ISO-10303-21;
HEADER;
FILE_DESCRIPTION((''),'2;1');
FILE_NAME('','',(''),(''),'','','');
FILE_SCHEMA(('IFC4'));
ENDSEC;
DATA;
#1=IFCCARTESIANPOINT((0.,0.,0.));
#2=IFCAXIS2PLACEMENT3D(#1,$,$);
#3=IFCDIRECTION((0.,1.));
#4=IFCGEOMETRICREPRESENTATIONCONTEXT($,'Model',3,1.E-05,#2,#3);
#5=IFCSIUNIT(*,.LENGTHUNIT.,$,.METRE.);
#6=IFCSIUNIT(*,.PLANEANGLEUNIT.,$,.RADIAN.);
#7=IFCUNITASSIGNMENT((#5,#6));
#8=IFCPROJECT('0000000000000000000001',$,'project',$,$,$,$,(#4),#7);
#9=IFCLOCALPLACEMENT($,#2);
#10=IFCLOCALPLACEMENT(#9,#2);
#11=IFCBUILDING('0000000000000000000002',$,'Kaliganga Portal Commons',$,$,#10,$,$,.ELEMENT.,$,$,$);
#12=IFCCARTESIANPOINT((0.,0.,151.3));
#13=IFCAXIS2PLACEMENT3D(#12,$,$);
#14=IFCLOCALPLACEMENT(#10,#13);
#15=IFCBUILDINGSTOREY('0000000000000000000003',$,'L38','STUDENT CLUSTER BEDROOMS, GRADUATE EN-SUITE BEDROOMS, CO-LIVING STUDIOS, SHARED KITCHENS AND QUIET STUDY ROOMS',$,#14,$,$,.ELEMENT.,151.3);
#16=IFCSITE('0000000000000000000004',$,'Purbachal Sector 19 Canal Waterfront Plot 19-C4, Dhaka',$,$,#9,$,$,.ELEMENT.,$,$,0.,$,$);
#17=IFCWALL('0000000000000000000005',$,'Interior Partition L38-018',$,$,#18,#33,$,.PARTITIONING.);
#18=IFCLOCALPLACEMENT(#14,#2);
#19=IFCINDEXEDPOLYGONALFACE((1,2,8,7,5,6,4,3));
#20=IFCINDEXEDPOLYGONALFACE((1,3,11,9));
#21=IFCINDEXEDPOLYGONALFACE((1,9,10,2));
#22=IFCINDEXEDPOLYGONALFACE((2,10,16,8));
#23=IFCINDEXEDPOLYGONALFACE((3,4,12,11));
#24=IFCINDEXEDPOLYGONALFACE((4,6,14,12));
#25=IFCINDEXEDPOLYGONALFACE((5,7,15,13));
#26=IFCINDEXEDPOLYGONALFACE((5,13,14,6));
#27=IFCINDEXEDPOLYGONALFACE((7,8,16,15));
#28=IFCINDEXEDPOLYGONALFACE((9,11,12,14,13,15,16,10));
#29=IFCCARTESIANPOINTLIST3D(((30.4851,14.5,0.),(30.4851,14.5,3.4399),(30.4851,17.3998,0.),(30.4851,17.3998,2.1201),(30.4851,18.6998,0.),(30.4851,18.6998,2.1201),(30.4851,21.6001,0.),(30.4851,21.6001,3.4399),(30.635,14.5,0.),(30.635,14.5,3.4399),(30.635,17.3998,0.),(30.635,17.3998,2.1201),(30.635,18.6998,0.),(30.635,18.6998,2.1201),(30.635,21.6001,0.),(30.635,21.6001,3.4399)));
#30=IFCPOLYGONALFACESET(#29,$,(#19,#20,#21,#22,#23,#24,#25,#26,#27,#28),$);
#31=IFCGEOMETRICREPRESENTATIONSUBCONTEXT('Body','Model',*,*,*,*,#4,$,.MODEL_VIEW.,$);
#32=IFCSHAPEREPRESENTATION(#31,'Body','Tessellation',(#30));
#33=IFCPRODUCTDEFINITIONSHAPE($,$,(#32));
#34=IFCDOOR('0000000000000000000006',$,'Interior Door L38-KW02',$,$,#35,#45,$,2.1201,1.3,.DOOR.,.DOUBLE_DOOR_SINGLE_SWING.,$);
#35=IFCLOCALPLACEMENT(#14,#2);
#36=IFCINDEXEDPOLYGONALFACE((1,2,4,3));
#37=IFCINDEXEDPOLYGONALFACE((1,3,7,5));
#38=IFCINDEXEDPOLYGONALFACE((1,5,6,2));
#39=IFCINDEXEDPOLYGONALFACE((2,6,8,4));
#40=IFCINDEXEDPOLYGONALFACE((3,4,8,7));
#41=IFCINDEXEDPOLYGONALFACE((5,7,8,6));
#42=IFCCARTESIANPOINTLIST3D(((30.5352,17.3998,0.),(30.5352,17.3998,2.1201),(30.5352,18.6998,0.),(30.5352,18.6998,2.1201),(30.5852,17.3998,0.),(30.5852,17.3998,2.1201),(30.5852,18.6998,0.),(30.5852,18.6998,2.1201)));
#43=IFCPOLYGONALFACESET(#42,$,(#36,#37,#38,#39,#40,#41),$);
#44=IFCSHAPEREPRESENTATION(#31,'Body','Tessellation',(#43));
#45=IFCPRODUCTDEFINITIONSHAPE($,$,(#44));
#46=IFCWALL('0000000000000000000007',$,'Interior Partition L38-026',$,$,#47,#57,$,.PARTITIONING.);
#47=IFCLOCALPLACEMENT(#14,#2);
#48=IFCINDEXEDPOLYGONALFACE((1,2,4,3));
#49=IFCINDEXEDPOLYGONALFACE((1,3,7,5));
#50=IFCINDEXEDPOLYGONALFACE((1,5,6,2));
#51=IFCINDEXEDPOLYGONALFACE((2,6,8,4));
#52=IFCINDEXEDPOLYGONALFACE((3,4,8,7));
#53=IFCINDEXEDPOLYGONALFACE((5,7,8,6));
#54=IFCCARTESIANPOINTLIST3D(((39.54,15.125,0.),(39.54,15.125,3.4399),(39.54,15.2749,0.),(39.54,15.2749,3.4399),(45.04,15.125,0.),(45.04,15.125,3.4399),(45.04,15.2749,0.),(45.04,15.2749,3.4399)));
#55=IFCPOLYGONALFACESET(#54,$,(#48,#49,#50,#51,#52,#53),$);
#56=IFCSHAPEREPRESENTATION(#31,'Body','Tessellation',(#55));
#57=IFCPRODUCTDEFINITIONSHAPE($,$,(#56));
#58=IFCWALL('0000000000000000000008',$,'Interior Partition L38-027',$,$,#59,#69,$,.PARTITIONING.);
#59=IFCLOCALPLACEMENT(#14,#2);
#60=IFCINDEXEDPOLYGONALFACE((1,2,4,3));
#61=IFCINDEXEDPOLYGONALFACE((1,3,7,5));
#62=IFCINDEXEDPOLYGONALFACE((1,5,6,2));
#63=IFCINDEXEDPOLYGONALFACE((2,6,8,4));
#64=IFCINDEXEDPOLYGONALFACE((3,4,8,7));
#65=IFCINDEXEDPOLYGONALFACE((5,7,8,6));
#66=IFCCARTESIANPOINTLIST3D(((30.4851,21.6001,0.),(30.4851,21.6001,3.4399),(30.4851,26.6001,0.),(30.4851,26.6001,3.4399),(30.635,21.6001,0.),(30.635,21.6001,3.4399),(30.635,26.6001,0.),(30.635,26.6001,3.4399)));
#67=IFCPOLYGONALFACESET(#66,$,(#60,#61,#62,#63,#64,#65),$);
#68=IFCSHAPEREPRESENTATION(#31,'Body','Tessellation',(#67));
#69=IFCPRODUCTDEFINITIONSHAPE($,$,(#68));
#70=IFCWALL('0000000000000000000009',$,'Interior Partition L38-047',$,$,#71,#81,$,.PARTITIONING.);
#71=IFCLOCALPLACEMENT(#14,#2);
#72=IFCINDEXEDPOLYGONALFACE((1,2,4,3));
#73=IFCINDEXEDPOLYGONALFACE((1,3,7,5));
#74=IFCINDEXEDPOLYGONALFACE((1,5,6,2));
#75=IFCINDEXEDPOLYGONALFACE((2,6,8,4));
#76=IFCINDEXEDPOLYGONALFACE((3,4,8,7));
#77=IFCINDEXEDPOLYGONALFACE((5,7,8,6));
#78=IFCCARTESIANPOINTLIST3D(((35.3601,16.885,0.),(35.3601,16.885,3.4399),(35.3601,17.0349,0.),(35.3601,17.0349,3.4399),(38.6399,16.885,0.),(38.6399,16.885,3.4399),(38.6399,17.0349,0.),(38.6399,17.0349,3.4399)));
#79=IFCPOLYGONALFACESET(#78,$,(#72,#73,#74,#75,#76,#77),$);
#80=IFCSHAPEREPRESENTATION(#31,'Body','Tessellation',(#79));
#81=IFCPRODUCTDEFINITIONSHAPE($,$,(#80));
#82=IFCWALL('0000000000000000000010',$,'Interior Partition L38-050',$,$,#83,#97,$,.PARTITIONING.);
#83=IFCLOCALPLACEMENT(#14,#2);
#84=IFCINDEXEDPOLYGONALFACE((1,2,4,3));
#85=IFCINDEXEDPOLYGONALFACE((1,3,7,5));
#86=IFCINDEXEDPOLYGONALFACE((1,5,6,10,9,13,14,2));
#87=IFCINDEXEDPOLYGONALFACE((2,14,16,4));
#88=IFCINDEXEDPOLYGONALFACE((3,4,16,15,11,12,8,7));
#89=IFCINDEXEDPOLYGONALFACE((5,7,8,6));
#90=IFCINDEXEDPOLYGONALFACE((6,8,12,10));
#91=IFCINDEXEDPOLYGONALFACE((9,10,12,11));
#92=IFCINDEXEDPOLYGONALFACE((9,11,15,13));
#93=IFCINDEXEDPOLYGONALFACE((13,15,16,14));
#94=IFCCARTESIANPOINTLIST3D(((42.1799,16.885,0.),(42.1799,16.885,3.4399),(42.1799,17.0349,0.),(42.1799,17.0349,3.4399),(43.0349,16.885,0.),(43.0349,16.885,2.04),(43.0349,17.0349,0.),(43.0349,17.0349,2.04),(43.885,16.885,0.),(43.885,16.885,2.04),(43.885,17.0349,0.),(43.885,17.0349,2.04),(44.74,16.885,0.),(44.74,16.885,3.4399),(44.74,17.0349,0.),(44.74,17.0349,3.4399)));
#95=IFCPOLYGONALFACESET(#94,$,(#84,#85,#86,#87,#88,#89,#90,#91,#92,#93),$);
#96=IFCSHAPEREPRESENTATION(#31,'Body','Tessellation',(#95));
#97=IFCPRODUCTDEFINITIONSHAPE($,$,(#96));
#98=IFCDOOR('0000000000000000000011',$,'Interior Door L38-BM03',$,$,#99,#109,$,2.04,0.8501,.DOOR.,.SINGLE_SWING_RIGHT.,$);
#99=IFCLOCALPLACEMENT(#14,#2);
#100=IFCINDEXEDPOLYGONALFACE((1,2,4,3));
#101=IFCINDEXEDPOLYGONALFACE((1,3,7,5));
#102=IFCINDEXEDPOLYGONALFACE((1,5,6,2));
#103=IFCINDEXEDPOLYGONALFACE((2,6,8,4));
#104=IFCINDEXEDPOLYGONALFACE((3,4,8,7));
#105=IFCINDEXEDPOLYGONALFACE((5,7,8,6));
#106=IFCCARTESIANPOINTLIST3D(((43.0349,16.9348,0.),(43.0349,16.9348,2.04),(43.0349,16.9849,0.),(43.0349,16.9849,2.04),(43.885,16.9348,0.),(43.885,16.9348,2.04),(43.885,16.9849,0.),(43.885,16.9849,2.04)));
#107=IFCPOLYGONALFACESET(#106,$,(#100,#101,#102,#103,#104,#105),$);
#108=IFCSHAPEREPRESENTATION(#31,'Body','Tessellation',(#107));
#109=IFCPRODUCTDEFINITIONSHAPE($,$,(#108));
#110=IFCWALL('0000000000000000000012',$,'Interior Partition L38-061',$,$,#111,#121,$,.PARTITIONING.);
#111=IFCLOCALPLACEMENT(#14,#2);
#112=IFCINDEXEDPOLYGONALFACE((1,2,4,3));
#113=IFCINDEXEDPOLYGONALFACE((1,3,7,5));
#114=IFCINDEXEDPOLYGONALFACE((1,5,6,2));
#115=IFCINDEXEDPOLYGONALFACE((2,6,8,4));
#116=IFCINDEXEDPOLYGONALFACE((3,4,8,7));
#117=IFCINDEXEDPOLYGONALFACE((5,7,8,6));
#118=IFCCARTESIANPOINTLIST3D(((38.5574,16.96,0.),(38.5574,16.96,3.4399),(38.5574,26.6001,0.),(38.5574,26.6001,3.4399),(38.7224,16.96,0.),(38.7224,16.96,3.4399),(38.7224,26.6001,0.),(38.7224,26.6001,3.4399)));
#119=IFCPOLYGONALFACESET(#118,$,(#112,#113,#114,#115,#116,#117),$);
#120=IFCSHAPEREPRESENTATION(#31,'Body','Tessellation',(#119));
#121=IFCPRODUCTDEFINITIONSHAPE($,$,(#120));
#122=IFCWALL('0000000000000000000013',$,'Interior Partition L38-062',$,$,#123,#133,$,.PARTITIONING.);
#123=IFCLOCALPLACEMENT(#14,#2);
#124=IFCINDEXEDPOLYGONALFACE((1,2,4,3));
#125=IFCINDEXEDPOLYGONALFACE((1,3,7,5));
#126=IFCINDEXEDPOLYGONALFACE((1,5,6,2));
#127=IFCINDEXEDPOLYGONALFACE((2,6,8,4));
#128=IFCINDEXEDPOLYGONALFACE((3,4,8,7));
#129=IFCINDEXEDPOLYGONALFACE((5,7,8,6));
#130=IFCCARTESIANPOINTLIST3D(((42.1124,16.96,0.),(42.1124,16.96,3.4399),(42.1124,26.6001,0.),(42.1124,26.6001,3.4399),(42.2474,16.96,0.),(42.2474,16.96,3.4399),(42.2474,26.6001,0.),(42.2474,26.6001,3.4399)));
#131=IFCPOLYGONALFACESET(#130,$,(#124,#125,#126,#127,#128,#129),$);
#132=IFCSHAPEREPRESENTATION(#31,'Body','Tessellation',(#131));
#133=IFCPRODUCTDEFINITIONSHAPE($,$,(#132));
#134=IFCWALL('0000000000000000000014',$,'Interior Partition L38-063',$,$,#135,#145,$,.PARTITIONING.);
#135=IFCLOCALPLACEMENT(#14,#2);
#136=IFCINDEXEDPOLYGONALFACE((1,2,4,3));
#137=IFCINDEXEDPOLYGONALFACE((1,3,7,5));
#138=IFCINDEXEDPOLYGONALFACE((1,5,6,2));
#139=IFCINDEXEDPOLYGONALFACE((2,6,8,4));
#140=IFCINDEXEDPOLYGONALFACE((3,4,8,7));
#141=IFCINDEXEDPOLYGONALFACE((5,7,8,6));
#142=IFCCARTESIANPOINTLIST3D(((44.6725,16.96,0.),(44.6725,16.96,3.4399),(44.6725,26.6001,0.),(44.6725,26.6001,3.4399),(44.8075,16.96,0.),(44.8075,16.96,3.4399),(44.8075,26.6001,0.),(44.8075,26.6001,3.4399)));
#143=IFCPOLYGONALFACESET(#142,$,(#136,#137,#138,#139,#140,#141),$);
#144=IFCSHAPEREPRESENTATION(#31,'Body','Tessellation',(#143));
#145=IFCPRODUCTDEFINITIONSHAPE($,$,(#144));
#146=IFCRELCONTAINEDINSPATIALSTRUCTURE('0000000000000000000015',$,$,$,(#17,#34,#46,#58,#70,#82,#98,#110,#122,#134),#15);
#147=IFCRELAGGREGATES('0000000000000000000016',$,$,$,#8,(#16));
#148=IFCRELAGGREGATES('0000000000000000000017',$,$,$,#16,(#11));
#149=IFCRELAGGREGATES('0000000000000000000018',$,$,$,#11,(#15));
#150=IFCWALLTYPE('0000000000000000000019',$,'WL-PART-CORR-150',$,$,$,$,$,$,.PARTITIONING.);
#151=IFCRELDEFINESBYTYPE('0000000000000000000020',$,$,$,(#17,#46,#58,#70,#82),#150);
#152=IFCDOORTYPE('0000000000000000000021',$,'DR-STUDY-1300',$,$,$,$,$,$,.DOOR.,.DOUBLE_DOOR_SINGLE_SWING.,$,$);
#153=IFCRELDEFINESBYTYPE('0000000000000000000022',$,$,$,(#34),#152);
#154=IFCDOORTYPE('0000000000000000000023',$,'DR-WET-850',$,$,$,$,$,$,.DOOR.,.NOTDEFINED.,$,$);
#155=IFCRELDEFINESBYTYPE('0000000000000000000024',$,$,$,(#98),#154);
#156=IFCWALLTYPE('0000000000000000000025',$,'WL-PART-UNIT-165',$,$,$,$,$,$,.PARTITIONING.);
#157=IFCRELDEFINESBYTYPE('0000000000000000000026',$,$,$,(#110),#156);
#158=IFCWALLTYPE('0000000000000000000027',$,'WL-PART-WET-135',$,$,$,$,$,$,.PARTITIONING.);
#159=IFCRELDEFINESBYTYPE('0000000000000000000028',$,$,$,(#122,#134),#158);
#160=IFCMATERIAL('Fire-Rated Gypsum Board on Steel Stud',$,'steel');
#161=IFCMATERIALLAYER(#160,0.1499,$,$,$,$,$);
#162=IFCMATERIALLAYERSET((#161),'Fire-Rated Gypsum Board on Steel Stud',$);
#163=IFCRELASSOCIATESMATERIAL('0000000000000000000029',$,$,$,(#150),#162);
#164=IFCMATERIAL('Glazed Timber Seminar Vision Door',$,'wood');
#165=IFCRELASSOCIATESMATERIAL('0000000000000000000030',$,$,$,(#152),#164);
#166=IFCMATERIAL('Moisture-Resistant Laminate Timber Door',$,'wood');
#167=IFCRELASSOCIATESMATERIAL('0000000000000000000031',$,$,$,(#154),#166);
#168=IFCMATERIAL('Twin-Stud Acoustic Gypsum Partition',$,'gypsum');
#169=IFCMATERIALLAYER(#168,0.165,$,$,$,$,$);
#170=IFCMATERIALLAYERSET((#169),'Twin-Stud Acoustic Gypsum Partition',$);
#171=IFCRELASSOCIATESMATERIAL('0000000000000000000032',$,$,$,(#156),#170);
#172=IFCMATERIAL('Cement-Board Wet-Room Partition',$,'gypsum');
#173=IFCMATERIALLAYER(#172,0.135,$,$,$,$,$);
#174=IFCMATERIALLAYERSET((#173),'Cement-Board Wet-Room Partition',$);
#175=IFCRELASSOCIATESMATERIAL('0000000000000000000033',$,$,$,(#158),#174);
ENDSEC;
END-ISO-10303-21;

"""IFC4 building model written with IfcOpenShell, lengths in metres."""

from ifc_helpers import new_model, si_unit, direction, frame, frame_2d, origin, place, context, subcontext, project, spatial, rectangle, extrude, material, layer, layer_set, type_object, element, fill, save


model = new_model("IFC4")

# Units and contexts
model_context = context("Model", 3, precision=1e-05, world=origin(), true_north=direction((0.0, 1.0)))
body_context = subcontext(model_context, "Body", "Model", "MODEL_VIEW")
ifc_project = project(units=[si_unit("LENGTHUNIT", "METRE"), si_unit("PLANEANGLEUNIT", "RADIAN")], contexts=[model_context])

# Site, building, storey
site_placement = place(None, origin())
site = spatial("IfcSite", under=ifc_project, at=site_placement, Name="Purbachal Sector 19 Canal Waterfront Plot 19-C4, Dhaka", CompositionType="ELEMENT", RefElevation=0.0)
building_placement = place(site_placement, origin())
building = spatial("IfcBuilding", under=site, at=building_placement, Name="Kaliganga Portal Commons", CompositionType="ELEMENT")
storey_placement = place(building_placement, frame((0.0, 0.0, 151.3)))
storey = spatial("IfcBuildingStorey", under=building, at=storey_placement, Name="L38", Description="STUDENT CLUSTER BEDROOMS, GRADUATE EN-SUITE BEDROOMS, CO-LIVING STUDIOS, SHARED KITCHENS AND QUIET STUDY ROOMS", CompositionType="ELEMENT", Elevation=151.3)

# Wall, opening, door
ifc_material_1 = material(Name="Fire-Rated Gypsum Board on Steel Stud", Category="steel")
ifc_layer_1 = layer(ifc_material_1, 0.1499)
ifc_layer_set_1 = layer_set([ifc_layer_1], Name="Fire-Rated Gypsum Board on Steel Stud")
wall_type_1 = type_object("IfcWallType", Name="WL-PART-CORR-150", PredefinedType="PARTITIONING", material=ifc_layer_set_1)
ifc_material_2 = material(Name="Glazed Timber Seminar Vision Door", Category="wood")
door_type_1 = type_object("IfcDoorType", Name="DR-STUDY-1300", OperationType="DOUBLE_DOOR_SINGLE_SWING", PredefinedType="DOOR", material=ifc_material_2)
wall_1_placement = place(storey_placement, frame((30.5601, 14.5, 0.0), z_axis=(0.0, 0.0, 1.0), x_axis=(0.0, 1.0, 0.0)))
wall_1 = element("IfcWall", 1, at=wall_1_placement, inside=storey, type_object=wall_type_1, Name="Interior Partition L38-018", PredefinedType="PARTITIONING", context=body_context, shape_type="SweptSolid", body=[
    extrude(rectangle(XDim=7.1001, YDim=0.1499, at=frame_2d((3.55, 0.0))), origin(), (0.0, 0.0, 1.0), 3.4399),
])
opening_1_placement = place(wall_1_placement, frame((2.8999, 0.0, 0.0)))
opening_1 = element("IfcOpeningElement", 2, at=opening_1_placement, cuts=wall_1, PredefinedType="OPENING", context=body_context, shape_type="SweptSolid", body=[
    extrude(rectangle(XDim=1.3, YDim=2.1201, at=frame_2d((0.6499, 1.0601))), frame((0.0, 0.085, 0.0), z_axis=(0.0, -1.0, 0.0), x_axis=(1.0, 0.0, 0.0)), (0.0, 0.0, 1.0), 0.1699),
])
door_1_placement = place(opening_1_placement, origin())
door_1 = element("IfcDoor", 3, at=door_1_placement, inside=storey, type_object=door_type_1, Name="Interior Door L38-KW02", OperationType="DOUBLE_DOOR_SINGLE_SWING", OverallHeight=2.1201, OverallWidth=1.3, PredefinedType="DOOR", context=body_context, shape_type="SweptSolid", body=[
    extrude(rectangle(XDim=1.3, YDim=2.1201, at=frame_2d((0.6499, 1.0601))), frame((0.0, 0.0249, 0.0), z_axis=(0.0, -1.0, 0.0), x_axis=(1.0, 0.0, 0.0)), (0.0, 0.0, 1.0), 0.05),
])
fill(opening_1, door_1)

# Walls
wall_2_placement = place(storey_placement, frame((39.54, 15.2, 0.0), z_axis=(0.0, 0.0, 1.0), x_axis=(1.0, 0.0, 0.0)))
element("IfcWall", 4, at=wall_2_placement, inside=storey, type_object=wall_type_1, Name="Interior Partition L38-026", PredefinedType="PARTITIONING", context=body_context, shape_type="SweptSolid", body=[
    extrude(rectangle(XDim=5.5, YDim=0.1499, at=frame_2d((2.75, 0.0))), origin(), (0.0, 0.0, 1.0), 3.4399),
])
wall_3_placement = place(storey_placement, frame((30.5601, 21.6001, 0.0), z_axis=(0.0, 0.0, 1.0), x_axis=(0.0, 1.0, 0.0)))
element("IfcWall", 5, at=wall_3_placement, inside=storey, type_object=wall_type_1, Name="Interior Partition L38-027", PredefinedType="PARTITIONING", context=body_context, shape_type="SweptSolid", body=[
    extrude(rectangle(XDim=5.0, YDim=0.1499, at=frame_2d((2.5, 0.0))), origin(), (0.0, 0.0, 1.0), 3.4399),
])

# Wall
wall_4_placement = place(storey_placement, frame((35.3601, 16.96, 0.0), z_axis=(0.0, 0.0, 1.0), x_axis=(1.0, 0.0, 0.0)))
element("IfcWall", 6, at=wall_4_placement, inside=storey, type_object=wall_type_1, Name="Interior Partition L38-047", PredefinedType="PARTITIONING", context=body_context, shape_type="SweptSolid", body=[
    extrude(rectangle(XDim=3.2798, YDim=0.1499, at=frame_2d((1.6399, 0.0))), origin(), (0.0, 0.0, 1.0), 3.4399),
])

# Wall, opening, door
wall_5_placement = place(storey_placement, frame((42.1799, 16.96, 0.0), z_axis=(0.0, 0.0, 1.0), x_axis=(1.0, 0.0, 0.0)))
wall_5 = element("IfcWall", 7, at=wall_5_placement, inside=storey, type_object=wall_type_1, Name="Interior Partition L38-050", PredefinedType="PARTITIONING", context=body_context, shape_type="SweptSolid", body=[
    extrude(rectangle(XDim=2.5601, YDim=0.1499, at=frame_2d((1.28, 0.0))), origin(), (0.0, 0.0, 1.0), 3.4399),
])
opening_2_placement = place(wall_5_placement, frame((0.855, 0.0, 0.0)))
opening_2 = element("IfcOpeningElement", 8, at=opening_2_placement, cuts=wall_5, PredefinedType="OPENING", context=body_context, shape_type="SweptSolid", body=[
    extrude(rectangle(XDim=0.8501, YDim=2.04, at=frame_2d((0.425, 1.02))), frame((0.0, 0.085, 0.0), z_axis=(0.0, -1.0, 0.0), x_axis=(1.0, 0.0, 0.0)), (0.0, 0.0, 1.0), 0.1699),
])
ifc_material_3 = material(Name="Moisture-Resistant Laminate Timber Door", Category="wood")
door_type_2 = type_object("IfcDoorType", Name="DR-WET-850", OperationType="NOTDEFINED", PredefinedType="DOOR", material=ifc_material_3)
door_2_placement = place(opening_2_placement, origin())
door_2 = element("IfcDoor", 9, at=door_2_placement, inside=storey, type_object=door_type_2, Name="Interior Door L38-BM03", OperationType="SINGLE_SWING_RIGHT", OverallHeight=2.04, OverallWidth=0.8501, PredefinedType="DOOR", context=body_context, shape_type="SweptSolid", body=[
    extrude(rectangle(XDim=0.8501, YDim=2.04, at=frame_2d((0.425, 1.02))), frame((0.0, 0.0249, 0.0), z_axis=(0.0, -1.0, 0.0), x_axis=(1.0, 0.0, 0.0)), (0.0, 0.0, 1.0), 0.05),
])
fill(opening_2, door_2)

# Walls
ifc_material_4 = material(Name="Twin-Stud Acoustic Gypsum Partition", Category="gypsum")
ifc_layer_2 = layer(ifc_material_4, 0.165)
ifc_layer_set_2 = layer_set([ifc_layer_2], Name="Twin-Stud Acoustic Gypsum Partition")
wall_type_2 = type_object("IfcWallType", Name="WL-PART-UNIT-165", PredefinedType="PARTITIONING", material=ifc_layer_set_2)
wall_6_placement = place(storey_placement, frame((38.6399, 16.96, 0.0), z_axis=(0.0, 0.0, 1.0), x_axis=(0.0, 1.0, 0.0)))
element("IfcWall", 10, at=wall_6_placement, inside=storey, type_object=wall_type_2, Name="Interior Partition L38-061", PredefinedType="PARTITIONING", context=body_context, shape_type="SweptSolid", body=[
    extrude(rectangle(XDim=9.6401, YDim=0.165, at=frame_2d((4.8201, 0.0))), origin(), (0.0, 0.0, 1.0), 3.4399),
])
ifc_material_5 = material(Name="Cement-Board Wet-Room Partition", Category="gypsum")
ifc_layer_3 = layer(ifc_material_5, 0.135)
ifc_layer_set_3 = layer_set([ifc_layer_3], Name="Cement-Board Wet-Room Partition")
wall_type_3 = type_object("IfcWallType", Name="WL-PART-WET-135", PredefinedType="PARTITIONING", material=ifc_layer_set_3)
for number, where, z_axis, x_axis, name in (
    (11, (42.1799, 16.96, 0.0), (0.0, 0.0, 1.0), (0.0, 1.0, 0.0), "Interior Partition L38-062"),
    (12, (44.74, 16.96, 0.0), (0.0, 0.0, 1.0), (0.0, 1.0, 0.0), "Interior Partition L38-063"),
):
    element("IfcWall", number, at=place(storey_placement, frame(where, z_axis=z_axis, x_axis=x_axis)), inside=storey, type_object=wall_type_3, Name=name, PredefinedType="PARTITIONING", context=body_context, shape_type="SweptSolid", body=[
        extrude(rectangle(XDim=9.6401, YDim=0.135, at=frame_2d((4.8201, 0.0))), origin(), (0.0, 0.0, 1.0), 3.4399),
    ])

save(model, "model.ifc")
